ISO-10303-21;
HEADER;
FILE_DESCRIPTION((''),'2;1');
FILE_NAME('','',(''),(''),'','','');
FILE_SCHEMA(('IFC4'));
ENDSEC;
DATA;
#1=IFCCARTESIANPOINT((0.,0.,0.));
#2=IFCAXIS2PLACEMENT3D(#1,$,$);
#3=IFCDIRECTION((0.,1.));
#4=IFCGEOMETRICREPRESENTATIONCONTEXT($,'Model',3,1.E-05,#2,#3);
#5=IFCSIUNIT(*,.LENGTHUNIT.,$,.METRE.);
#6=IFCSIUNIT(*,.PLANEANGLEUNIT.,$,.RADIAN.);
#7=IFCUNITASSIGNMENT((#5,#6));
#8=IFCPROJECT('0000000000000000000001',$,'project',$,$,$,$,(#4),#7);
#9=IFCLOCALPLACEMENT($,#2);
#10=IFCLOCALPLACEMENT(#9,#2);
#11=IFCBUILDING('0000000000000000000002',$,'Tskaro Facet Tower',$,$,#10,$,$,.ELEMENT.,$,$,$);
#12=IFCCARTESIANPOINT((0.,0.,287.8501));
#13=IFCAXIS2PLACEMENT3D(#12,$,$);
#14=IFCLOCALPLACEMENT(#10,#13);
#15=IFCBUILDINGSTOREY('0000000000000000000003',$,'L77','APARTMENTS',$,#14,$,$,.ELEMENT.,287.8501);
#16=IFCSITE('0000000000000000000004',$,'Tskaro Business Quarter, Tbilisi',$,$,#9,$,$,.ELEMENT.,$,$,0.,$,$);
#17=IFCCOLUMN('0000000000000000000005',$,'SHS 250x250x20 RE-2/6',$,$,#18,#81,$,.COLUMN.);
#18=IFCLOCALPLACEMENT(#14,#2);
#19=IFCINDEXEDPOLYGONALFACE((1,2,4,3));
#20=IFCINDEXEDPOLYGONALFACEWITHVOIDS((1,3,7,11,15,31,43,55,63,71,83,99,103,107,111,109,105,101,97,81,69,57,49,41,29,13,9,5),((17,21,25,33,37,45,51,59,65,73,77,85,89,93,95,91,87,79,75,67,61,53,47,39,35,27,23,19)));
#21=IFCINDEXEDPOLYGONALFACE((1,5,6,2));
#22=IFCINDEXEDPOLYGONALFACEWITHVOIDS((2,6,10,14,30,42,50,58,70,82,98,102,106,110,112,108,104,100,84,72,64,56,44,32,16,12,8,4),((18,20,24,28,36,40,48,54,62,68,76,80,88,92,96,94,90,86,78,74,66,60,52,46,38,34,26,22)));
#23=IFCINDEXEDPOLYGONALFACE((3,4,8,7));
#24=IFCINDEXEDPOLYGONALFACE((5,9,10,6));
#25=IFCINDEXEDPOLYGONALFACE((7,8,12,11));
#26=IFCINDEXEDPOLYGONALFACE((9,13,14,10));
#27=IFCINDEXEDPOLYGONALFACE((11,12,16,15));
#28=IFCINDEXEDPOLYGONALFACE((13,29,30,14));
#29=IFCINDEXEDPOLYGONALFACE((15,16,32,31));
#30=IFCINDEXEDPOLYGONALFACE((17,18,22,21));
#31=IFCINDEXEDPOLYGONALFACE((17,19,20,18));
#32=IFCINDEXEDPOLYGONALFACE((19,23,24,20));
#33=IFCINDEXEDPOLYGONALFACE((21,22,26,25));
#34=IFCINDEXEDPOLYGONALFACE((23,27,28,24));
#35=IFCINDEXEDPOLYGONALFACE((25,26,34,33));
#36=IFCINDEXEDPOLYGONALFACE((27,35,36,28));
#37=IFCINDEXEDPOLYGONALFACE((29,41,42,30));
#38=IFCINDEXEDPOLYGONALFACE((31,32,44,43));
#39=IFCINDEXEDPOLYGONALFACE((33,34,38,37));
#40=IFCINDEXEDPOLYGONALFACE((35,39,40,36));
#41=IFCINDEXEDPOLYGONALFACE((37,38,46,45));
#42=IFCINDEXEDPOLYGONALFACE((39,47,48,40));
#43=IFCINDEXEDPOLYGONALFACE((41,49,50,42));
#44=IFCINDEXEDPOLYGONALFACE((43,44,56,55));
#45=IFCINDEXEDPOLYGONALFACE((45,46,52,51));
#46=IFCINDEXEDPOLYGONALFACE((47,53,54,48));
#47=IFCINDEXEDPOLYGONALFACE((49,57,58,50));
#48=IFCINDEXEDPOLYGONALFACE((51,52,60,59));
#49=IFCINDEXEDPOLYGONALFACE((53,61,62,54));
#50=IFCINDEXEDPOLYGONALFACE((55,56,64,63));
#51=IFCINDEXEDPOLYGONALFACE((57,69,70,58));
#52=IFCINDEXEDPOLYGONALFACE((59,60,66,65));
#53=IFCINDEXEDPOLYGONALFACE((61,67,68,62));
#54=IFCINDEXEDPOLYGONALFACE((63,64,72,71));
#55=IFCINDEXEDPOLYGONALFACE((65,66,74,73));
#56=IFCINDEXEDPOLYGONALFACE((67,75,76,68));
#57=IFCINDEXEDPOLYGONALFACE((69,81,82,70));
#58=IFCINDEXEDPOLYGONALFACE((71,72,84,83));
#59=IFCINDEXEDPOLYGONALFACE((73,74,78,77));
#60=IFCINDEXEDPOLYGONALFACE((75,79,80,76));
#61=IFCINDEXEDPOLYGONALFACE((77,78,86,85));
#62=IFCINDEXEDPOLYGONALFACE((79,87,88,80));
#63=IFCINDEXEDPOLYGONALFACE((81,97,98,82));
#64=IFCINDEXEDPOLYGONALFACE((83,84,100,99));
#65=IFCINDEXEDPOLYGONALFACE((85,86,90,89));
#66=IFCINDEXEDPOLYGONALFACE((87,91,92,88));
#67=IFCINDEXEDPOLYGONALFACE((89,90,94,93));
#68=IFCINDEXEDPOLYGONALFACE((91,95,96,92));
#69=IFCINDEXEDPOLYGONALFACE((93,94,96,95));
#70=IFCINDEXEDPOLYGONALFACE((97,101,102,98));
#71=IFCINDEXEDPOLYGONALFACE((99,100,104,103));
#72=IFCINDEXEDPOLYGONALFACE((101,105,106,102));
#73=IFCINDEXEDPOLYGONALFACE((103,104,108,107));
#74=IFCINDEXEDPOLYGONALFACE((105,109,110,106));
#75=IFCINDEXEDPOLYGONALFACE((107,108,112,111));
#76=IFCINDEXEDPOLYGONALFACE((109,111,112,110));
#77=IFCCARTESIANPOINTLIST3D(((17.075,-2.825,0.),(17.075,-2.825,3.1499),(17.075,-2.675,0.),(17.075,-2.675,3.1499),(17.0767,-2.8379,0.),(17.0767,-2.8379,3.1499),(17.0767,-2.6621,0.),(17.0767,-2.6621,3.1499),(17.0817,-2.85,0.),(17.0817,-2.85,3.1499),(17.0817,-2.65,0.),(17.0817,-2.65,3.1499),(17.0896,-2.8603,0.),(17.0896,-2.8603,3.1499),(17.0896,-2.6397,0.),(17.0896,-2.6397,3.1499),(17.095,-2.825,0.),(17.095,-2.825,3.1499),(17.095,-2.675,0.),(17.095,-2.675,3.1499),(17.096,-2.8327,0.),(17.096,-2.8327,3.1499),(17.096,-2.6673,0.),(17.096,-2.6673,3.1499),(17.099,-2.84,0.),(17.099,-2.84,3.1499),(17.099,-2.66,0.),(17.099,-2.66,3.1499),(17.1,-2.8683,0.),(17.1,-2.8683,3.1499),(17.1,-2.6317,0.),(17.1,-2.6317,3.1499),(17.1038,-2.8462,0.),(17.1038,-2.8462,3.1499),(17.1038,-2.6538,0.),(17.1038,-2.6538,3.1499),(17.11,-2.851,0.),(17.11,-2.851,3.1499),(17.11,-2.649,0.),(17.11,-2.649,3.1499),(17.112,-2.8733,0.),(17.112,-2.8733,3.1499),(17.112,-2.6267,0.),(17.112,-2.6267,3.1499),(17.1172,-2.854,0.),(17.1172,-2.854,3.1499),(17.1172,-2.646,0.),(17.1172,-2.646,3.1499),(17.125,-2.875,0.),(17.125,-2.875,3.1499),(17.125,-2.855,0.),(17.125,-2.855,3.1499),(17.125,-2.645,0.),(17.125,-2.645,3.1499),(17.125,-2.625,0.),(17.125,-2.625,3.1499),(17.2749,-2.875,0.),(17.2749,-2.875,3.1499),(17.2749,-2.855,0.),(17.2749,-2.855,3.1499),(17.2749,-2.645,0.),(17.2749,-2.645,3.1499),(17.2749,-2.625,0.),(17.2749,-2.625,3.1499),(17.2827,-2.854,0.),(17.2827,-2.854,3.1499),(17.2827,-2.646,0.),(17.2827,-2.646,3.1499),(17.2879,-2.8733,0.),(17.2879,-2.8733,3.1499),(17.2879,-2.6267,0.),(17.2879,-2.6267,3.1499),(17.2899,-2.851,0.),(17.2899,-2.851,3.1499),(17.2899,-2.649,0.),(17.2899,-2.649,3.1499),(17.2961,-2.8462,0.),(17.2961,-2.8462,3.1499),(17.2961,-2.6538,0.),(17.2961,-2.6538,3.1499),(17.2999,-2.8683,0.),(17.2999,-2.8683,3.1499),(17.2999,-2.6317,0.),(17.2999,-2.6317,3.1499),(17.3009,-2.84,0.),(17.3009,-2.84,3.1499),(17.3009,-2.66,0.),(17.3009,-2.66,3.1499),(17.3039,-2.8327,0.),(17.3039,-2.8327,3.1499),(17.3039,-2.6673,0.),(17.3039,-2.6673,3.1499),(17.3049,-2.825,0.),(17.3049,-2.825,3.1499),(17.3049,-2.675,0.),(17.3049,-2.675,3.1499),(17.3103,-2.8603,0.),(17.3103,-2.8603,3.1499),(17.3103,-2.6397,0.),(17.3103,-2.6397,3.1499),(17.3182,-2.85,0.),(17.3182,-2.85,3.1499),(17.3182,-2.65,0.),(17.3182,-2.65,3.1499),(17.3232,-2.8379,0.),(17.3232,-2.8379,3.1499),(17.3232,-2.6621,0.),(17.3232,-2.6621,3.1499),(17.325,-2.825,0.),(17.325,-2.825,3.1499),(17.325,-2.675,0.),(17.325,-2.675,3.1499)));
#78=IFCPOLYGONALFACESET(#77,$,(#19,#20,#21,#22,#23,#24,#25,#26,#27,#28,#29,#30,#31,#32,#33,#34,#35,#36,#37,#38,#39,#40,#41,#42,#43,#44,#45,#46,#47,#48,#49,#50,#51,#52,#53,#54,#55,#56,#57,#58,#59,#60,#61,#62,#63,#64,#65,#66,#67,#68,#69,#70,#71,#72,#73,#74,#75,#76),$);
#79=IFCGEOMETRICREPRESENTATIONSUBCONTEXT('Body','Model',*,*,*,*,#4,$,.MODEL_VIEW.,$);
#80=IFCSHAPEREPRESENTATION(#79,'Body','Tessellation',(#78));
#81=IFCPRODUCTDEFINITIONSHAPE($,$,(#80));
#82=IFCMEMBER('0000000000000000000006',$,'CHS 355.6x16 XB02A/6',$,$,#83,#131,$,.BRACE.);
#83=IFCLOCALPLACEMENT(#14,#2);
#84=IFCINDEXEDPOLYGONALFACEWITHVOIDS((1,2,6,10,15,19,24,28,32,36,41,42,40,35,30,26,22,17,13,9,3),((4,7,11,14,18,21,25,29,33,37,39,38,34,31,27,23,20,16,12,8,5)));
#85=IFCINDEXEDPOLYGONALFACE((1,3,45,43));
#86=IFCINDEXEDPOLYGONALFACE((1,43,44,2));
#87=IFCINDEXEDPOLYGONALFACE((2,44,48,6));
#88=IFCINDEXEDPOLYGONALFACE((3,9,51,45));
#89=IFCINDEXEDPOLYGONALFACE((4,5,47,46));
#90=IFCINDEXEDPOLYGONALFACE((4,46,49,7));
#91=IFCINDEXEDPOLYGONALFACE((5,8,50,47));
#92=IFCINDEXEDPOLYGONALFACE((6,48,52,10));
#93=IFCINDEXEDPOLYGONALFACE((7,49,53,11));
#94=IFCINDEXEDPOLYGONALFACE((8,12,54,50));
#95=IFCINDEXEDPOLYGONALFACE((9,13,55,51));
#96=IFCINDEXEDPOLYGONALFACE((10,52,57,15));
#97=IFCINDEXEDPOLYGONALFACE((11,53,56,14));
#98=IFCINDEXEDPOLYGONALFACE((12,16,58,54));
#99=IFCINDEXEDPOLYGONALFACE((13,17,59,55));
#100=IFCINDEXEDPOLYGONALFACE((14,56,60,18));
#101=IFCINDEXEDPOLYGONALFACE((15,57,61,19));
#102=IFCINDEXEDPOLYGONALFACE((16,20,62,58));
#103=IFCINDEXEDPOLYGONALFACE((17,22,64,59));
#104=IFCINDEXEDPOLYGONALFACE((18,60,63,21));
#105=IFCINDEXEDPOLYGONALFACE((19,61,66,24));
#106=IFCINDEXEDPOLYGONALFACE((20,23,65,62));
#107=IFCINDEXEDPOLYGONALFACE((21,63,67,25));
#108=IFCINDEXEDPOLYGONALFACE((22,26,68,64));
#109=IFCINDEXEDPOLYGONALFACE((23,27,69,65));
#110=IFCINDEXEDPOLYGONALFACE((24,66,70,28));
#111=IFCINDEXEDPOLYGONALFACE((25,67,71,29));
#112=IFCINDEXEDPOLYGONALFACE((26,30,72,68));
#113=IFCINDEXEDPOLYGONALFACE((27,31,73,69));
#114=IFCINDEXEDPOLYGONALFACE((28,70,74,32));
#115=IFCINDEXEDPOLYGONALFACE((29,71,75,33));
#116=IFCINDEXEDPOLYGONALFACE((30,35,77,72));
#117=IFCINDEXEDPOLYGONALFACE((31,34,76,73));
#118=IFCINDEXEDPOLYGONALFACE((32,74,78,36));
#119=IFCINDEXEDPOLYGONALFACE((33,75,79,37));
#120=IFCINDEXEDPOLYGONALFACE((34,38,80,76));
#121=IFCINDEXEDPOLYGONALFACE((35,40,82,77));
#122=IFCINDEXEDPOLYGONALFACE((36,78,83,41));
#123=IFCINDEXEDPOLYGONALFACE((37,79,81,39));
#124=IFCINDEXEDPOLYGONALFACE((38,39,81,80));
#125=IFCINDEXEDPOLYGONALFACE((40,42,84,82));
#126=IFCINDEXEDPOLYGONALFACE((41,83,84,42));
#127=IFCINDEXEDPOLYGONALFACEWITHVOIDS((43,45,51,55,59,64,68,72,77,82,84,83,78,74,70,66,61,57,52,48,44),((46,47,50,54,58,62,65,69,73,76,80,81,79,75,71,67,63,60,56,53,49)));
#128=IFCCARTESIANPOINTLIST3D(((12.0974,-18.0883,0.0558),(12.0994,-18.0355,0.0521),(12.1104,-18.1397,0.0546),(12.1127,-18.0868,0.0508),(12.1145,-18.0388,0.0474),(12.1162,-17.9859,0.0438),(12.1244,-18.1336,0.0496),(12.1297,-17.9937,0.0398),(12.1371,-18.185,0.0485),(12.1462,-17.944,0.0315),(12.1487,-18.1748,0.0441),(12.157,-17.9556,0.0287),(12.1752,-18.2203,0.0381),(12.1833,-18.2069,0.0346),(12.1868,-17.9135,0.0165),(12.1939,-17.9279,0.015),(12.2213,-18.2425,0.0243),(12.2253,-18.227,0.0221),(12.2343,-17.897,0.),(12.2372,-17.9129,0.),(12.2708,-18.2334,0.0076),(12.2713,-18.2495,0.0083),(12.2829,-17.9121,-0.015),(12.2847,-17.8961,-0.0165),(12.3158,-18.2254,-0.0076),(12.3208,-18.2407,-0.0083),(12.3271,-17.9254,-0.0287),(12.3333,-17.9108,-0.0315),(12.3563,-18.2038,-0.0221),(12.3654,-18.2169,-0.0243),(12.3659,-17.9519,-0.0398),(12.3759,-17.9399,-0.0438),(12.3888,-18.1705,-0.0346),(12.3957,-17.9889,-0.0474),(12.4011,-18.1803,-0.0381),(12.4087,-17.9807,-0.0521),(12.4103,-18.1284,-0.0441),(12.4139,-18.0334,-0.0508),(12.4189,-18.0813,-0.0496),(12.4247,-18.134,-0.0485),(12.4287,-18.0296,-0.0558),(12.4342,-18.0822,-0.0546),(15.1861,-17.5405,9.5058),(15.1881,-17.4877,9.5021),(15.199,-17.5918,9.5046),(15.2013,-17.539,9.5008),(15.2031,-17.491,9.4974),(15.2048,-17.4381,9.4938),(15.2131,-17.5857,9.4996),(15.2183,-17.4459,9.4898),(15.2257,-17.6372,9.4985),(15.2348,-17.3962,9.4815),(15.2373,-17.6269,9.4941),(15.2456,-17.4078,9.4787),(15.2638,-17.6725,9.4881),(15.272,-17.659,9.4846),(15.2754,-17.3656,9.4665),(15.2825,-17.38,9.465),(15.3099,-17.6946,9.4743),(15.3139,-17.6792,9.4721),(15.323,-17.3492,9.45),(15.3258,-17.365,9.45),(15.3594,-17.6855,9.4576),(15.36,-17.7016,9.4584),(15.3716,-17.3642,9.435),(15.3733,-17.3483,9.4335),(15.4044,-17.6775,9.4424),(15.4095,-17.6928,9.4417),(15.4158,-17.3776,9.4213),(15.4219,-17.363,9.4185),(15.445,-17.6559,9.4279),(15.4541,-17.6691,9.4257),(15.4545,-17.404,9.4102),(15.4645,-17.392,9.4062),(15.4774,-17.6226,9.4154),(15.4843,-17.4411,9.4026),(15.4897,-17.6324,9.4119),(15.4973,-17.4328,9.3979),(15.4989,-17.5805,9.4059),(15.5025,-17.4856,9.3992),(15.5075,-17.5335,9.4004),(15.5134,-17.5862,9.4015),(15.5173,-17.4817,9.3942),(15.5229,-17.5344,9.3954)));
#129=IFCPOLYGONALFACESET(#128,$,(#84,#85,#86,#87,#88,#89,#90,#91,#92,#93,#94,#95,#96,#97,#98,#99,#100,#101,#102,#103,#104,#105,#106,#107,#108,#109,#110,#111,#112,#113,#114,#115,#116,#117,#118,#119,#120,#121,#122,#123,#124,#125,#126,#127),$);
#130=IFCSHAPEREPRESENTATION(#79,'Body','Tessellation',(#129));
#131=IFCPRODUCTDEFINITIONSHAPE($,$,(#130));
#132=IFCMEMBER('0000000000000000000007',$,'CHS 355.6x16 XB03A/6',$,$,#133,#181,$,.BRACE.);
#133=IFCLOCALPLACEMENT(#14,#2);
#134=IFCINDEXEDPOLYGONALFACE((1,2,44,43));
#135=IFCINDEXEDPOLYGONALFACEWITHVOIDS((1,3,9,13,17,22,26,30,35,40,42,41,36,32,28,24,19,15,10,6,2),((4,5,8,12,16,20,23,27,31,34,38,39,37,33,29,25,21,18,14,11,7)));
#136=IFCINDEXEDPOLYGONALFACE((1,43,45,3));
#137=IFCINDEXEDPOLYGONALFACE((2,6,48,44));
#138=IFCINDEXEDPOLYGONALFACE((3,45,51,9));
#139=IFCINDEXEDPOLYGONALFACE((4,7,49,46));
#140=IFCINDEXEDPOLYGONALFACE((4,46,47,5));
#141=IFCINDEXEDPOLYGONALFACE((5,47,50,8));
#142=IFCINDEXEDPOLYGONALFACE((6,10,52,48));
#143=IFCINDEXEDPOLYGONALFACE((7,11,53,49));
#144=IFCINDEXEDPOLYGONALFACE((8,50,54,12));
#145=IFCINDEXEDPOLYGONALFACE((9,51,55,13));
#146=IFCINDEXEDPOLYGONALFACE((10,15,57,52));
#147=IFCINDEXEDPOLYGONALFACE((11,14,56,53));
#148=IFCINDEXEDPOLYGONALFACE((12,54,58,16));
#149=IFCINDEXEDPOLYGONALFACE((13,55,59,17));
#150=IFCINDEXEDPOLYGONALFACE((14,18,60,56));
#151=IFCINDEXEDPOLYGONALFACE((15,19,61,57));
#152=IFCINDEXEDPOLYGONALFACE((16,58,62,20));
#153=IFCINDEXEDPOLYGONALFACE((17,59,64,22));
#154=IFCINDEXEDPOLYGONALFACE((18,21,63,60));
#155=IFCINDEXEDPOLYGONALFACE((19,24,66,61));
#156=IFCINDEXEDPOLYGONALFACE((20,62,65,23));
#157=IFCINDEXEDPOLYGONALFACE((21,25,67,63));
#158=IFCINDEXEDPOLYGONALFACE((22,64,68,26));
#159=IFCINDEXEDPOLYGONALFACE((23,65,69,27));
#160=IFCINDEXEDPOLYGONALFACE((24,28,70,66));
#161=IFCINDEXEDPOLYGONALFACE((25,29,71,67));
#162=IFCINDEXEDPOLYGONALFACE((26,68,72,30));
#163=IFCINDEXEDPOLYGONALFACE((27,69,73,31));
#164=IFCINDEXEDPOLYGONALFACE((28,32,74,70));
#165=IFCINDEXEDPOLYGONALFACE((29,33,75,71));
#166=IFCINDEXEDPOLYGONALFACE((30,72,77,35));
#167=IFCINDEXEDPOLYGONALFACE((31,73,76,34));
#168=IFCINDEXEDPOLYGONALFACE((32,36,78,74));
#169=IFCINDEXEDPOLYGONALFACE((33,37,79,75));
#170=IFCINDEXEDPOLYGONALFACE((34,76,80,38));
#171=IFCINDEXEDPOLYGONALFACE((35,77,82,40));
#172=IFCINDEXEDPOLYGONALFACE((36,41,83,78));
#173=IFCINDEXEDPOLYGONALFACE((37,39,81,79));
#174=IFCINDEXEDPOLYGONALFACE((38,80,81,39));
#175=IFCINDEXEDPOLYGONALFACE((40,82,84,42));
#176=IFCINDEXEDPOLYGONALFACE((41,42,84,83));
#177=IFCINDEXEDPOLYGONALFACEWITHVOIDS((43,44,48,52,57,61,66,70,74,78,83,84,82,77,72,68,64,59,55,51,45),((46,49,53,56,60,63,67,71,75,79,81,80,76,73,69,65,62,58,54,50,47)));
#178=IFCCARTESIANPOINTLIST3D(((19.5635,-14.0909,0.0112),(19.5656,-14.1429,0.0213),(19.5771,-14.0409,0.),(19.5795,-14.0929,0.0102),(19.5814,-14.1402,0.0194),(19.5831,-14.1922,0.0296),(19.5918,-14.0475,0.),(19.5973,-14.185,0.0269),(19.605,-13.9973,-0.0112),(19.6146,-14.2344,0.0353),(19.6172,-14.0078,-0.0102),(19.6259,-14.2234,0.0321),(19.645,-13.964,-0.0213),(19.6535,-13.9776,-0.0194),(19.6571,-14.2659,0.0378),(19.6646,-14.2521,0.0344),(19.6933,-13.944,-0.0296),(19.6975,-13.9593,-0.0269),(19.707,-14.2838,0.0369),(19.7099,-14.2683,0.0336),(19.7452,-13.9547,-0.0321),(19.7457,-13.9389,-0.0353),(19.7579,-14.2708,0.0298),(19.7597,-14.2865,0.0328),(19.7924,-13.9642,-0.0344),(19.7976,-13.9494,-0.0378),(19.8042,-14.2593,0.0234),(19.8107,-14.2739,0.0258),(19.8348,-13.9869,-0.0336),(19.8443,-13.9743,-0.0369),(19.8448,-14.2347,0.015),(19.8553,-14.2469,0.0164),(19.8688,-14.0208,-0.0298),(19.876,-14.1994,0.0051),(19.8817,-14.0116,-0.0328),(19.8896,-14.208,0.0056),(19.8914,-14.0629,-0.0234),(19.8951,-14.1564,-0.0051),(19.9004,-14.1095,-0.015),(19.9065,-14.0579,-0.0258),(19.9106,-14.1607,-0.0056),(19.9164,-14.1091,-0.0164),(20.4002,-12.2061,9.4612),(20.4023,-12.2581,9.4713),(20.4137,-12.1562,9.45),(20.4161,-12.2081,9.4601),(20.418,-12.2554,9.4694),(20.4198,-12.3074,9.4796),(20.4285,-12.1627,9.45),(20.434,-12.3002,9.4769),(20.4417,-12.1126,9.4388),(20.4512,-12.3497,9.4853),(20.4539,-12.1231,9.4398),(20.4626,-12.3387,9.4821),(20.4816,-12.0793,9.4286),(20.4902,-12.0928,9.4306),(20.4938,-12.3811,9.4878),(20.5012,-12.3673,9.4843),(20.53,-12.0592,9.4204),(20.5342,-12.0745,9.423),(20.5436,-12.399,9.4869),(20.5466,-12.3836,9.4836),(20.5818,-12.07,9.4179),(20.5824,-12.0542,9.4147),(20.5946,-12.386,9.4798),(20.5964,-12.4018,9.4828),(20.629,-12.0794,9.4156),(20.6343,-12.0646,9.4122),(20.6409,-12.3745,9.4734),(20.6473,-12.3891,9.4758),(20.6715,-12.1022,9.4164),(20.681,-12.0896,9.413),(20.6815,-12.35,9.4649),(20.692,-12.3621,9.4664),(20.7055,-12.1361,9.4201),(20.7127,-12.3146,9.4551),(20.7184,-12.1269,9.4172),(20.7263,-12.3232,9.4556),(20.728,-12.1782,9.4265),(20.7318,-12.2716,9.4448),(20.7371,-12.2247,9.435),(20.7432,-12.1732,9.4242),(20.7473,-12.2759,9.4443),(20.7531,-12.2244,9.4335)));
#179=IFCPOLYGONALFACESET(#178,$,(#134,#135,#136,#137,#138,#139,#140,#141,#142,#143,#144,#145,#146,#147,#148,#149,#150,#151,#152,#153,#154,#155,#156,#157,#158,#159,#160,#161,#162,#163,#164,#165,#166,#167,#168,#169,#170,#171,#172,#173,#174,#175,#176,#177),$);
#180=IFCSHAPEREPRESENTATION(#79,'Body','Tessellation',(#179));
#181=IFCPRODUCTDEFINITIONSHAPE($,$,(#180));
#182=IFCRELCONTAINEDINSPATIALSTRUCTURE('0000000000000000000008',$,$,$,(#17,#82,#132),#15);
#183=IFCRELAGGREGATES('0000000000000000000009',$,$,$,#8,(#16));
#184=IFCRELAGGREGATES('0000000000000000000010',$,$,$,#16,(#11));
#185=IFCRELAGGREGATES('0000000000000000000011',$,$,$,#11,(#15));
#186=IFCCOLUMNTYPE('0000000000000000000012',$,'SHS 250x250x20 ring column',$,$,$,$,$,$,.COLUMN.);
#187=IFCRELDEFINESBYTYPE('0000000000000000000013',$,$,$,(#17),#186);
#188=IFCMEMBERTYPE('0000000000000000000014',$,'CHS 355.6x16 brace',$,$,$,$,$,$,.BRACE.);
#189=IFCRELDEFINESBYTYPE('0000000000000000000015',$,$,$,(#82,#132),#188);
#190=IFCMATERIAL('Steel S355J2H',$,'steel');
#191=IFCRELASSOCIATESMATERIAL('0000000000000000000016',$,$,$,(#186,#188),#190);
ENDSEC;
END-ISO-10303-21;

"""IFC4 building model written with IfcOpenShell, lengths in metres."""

from ifc_helpers import new_model, si_unit, direction, frame, origin, origin_2d, place, context, subcontext, project, spatial, hollow_rectangle, hollow_circle, extrude, material, material_profile, profile_set, type_object, element, save


model = new_model("IFC4")

# Units and contexts
model_context = context("Model", 3, precision=1e-05, world=origin(), true_north=direction((0.0, 1.0)))
body_context = subcontext(model_context, "Body", "Model", "MODEL_VIEW")
ifc_project = project(units=[si_unit("LENGTHUNIT", "METRE"), si_unit("PLANEANGLEUNIT", "RADIAN")], contexts=[model_context])

# Site, building, storey
site_placement = place(None, origin())
site = spatial("IfcSite", under=ifc_project, at=site_placement, Name="Tskaro Business Quarter, Tbilisi", CompositionType="ELEMENT", RefElevation=0.0)
building_placement = place(site_placement, origin())
building = spatial("IfcBuilding", under=site, at=building_placement, Name="Tskaro Facet Tower", CompositionType="ELEMENT")
storey_placement = place(building_placement, frame((0.0, 0.0, 287.8501)))
storey = spatial("IfcBuildingStorey", under=building, at=storey_placement, Name="L77", Description="APARTMENTS", CompositionType="ELEMENT", Elevation=287.8501)

# Column
ifc_material_1 = material(Name="Steel S355J2H", Category="steel")
ifc_material_profile_1 = material_profile(ifc_material_1, hollow_rectangle(XDim=0.25, YDim=0.25, WallThickness=0.02, InnerFilletRadius=0.03, OuterFilletRadius=0.05, at=origin_2d()), Name="SHS 250x250x20")
ifc_profile_set_1 = profile_set([ifc_material_profile_1], Name="Steel S355J2H")
column_type_1 = type_object("IfcColumnType", Name="SHS 250x250x20 ring column", PredefinedType="COLUMN", material=ifc_profile_set_1)
for number, where, z_axis, x_axis, name in (
    (1, (17.2, -2.75, 0.0), (0.0, 0.0, 1.0), (1.0, 0.0, 0.0), "SHS 250x250x20 RE-2/6"),
):
    element("IfcColumn", number, at=place(storey_placement, frame(where, z_axis=z_axis, x_axis=x_axis)), inside=storey, type_object=column_type_1, Name=name, PredefinedType="COLUMN", context=body_context, shape_type="SweptSolid", body=[
        extrude(hollow_rectangle(XDim=0.25, YDim=0.25, WallThickness=0.02, InnerFilletRadius=0.03, OuterFilletRadius=0.05, at=origin_2d()), origin(), (0.0, 0.0, 1.0), 3.1499),
    ])

# Members
ifc_material_profile_2 = material_profile(ifc_material_1, hollow_circle(Radius=0.1777, WallThickness=0.0161, at=origin_2d()), Name="CHS 355.6x16")
ifc_profile_set_2 = profile_set([ifc_material_profile_2], Name="Steel S355J2H")
member_type_1 = type_object("IfcMemberType", Name="CHS 355.6x16 brace", PredefinedType="BRACE", material=ifc_profile_set_2)
member_1_placement = place(storey_placement, frame((12.2654, -18.072, 0.0), z_axis=(0.310197, 0.055022, 0.949079), x_axis=(-0.174651, 0.98463, 0.0)))
element("IfcMember", 2, at=member_1_placement, inside=storey, type_object=member_type_1, Name="CHS 355.6x16 XB02A/6", PredefinedType="BRACE", context=body_context, shape_type="SweptSolid", body=[
    extrude(hollow_circle(Radius=0.1777, WallThickness=0.0161, at=origin_2d()), origin(), (0.0, 0.0, 1.0), 9.957),
])
for number, where, z_axis, x_axis, name in (
    (3, (19.7395, -14.113, 0.0), (0.086501, 0.194862, 0.977009), (-0.913992, 0.405732, 0.0), "CHS 355.6x16 XB03A/6"),
):
    element("IfcMember", number, at=place(storey_placement, frame(where, z_axis=z_axis, x_axis=x_axis)), inside=storey, type_object=member_type_1, Name=name, PredefinedType="BRACE", context=body_context, shape_type="SweptSolid", body=[
        extrude(hollow_circle(Radius=0.1777, WallThickness=0.0161, at=origin_2d()), origin(), (0.0, 0.0, 1.0), 9.6724),
    ])

save(model, "model.ifc")
